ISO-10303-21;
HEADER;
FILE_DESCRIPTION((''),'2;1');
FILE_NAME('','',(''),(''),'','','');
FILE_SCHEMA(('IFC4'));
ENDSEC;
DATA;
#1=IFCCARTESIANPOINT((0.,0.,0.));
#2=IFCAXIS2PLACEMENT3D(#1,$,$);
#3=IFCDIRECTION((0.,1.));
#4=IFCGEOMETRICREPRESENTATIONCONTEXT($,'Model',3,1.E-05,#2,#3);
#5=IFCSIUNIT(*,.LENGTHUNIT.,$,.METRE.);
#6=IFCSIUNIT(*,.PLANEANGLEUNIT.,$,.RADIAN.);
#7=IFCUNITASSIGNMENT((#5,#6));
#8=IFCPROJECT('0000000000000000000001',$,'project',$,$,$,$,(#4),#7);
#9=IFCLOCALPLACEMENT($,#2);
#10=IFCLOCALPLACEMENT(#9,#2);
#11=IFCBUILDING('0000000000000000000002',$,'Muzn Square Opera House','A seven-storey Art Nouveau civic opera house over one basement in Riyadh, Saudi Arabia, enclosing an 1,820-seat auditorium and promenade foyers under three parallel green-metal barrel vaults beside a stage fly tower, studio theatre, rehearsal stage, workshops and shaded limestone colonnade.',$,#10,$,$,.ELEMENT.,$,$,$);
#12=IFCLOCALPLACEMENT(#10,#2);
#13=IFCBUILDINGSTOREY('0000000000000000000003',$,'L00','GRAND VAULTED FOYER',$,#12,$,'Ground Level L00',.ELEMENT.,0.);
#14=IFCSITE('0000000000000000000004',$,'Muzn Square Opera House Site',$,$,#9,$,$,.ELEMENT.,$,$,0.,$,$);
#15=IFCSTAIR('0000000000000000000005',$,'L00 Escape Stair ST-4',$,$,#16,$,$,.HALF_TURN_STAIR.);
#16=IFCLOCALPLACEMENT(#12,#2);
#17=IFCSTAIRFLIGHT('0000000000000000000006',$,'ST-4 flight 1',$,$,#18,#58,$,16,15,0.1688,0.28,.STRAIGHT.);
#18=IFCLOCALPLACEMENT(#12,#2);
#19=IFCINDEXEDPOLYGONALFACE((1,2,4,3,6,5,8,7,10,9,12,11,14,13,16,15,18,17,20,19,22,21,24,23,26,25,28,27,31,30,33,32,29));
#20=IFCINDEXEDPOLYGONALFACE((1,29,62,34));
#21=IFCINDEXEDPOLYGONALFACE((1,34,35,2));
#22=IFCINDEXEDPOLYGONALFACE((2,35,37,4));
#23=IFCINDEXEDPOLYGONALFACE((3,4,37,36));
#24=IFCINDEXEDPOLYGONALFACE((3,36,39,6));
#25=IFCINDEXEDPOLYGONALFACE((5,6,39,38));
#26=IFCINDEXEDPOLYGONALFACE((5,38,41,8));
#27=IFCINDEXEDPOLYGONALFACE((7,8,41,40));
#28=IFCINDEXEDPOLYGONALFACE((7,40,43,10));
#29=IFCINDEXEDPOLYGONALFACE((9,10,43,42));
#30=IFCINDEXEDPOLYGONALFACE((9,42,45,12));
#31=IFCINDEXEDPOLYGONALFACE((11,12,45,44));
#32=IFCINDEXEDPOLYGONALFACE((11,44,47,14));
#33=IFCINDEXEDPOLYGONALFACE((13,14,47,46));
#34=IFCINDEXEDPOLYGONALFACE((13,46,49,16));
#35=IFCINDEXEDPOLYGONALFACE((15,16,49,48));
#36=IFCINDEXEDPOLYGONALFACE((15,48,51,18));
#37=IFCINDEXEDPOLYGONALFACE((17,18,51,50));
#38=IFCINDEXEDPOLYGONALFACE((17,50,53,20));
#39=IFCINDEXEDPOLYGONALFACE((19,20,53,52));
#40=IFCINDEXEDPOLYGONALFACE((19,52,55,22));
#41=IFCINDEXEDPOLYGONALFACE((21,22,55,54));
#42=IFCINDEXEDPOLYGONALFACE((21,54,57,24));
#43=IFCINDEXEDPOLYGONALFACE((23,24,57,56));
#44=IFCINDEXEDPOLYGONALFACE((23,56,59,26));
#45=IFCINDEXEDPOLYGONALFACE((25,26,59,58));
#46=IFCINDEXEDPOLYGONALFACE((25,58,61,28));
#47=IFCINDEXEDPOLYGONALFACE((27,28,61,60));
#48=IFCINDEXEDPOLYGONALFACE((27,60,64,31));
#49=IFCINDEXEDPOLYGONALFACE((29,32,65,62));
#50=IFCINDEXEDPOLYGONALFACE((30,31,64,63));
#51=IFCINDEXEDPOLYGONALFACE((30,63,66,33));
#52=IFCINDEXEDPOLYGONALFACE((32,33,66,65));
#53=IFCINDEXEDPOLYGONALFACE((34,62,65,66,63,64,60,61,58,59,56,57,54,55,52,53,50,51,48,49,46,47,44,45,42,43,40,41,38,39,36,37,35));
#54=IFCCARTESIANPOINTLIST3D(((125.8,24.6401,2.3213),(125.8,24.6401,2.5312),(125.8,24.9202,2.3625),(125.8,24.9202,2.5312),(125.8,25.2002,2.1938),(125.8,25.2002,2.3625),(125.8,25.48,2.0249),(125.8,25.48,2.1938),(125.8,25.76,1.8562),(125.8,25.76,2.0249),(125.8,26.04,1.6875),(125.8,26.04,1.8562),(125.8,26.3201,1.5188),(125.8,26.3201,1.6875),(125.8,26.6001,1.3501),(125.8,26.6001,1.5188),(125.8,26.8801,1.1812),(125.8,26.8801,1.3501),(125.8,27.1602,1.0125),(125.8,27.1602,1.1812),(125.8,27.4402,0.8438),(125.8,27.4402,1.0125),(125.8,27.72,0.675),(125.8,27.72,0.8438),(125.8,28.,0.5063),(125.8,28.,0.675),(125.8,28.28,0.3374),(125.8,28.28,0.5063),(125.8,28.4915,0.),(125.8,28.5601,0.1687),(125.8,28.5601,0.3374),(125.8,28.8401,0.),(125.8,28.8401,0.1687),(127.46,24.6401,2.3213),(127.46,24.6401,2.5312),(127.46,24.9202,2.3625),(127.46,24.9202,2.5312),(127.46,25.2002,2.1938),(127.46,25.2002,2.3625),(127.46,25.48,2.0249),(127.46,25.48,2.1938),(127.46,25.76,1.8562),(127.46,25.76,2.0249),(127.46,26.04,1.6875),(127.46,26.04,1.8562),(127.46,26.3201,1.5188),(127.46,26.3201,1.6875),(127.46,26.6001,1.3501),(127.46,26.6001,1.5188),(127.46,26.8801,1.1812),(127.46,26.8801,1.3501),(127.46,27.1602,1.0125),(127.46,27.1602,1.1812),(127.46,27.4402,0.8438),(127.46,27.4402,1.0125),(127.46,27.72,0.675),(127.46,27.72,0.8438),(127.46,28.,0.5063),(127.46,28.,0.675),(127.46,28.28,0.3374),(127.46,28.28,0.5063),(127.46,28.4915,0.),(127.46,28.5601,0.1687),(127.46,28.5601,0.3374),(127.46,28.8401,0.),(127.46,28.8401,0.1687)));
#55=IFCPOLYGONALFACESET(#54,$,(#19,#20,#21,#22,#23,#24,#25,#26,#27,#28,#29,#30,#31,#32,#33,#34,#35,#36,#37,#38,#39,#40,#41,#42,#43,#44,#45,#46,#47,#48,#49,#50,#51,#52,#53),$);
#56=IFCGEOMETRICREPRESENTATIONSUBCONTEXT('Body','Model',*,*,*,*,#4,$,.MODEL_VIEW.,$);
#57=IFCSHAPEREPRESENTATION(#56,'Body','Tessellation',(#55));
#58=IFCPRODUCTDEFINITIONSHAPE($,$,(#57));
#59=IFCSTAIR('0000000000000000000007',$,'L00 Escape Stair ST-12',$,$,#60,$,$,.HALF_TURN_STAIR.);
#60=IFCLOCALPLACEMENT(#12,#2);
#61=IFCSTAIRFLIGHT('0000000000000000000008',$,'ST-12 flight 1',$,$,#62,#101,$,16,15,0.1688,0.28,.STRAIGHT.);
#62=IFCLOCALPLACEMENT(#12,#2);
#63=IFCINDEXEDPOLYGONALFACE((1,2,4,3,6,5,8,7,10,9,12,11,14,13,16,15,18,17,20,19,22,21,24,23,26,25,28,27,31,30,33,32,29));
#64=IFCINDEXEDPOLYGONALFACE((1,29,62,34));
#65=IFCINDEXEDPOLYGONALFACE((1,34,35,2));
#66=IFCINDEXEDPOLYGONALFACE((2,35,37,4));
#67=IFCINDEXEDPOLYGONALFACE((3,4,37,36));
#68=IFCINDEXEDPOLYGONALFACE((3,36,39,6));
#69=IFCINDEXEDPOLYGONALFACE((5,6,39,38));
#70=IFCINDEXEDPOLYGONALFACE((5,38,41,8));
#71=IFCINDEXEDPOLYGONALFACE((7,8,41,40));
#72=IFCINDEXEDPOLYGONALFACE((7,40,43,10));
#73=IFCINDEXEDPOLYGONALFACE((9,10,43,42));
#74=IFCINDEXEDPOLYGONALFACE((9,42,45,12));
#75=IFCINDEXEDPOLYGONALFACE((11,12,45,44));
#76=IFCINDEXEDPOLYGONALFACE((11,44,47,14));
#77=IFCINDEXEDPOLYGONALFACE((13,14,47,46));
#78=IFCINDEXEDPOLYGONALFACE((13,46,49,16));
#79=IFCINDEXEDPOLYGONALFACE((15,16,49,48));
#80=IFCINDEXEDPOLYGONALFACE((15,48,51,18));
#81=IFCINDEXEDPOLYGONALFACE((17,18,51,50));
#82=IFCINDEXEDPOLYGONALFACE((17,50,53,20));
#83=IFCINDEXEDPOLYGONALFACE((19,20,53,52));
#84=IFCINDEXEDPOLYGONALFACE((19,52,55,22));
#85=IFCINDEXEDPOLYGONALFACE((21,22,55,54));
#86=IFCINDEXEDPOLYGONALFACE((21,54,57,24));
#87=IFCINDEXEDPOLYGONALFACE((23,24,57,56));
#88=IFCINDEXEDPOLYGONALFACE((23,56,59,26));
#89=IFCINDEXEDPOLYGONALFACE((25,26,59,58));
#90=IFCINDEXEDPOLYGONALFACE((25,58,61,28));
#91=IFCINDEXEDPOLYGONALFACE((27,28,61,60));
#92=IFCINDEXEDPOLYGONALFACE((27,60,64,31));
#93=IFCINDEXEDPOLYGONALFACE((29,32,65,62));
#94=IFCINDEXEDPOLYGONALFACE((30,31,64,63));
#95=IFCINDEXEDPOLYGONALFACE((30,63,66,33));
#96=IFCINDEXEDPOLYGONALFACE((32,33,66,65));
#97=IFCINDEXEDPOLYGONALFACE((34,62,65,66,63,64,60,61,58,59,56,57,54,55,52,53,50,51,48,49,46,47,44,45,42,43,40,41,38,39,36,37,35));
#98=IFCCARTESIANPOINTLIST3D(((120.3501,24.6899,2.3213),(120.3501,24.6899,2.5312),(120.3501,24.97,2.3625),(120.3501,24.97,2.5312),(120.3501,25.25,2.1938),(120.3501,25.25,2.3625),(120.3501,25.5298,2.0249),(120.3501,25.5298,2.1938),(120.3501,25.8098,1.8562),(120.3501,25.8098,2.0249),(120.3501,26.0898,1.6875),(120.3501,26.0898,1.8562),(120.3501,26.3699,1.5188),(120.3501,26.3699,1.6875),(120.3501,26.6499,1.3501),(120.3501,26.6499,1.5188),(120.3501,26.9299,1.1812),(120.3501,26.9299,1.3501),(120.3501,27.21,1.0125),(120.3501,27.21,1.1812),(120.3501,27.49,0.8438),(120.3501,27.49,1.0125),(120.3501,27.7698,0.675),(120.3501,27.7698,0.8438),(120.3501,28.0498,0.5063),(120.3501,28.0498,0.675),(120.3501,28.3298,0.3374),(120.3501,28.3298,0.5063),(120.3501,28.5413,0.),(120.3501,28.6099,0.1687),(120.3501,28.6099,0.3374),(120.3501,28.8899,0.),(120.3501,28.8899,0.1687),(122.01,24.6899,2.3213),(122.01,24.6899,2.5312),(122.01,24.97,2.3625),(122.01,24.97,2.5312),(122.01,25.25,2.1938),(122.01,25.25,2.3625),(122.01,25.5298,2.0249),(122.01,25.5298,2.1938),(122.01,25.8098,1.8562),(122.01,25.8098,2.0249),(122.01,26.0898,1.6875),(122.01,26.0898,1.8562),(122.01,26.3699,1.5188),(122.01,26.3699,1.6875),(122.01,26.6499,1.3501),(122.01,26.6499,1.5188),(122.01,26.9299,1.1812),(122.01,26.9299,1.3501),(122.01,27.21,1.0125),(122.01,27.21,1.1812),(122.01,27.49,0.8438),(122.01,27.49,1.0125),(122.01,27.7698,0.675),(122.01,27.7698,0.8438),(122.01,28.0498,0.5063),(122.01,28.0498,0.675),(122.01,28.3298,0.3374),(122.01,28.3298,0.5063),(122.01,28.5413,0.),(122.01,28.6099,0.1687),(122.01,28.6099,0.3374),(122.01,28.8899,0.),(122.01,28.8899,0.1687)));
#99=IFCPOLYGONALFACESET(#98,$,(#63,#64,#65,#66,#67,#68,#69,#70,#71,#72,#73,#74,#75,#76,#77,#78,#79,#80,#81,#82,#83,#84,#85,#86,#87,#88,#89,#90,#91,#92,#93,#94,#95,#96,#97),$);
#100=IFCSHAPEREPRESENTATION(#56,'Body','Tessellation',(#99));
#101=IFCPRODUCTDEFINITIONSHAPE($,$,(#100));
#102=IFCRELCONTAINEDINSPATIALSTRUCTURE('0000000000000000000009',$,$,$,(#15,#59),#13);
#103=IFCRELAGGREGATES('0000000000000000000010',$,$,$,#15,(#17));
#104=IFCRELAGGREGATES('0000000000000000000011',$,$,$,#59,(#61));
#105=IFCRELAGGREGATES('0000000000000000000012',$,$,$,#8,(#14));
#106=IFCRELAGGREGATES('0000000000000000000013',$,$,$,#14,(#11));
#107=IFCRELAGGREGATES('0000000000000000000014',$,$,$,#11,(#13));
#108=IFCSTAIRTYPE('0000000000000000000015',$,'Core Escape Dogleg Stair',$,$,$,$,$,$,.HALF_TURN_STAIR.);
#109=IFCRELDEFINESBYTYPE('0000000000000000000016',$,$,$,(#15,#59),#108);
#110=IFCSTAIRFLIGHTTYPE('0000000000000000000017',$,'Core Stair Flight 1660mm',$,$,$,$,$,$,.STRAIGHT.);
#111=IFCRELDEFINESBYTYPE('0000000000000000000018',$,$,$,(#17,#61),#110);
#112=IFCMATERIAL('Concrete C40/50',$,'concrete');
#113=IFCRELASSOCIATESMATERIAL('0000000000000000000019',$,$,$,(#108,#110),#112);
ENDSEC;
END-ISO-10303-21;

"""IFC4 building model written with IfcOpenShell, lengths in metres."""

from ifc_helpers import new_model, si_unit, direction, frame, origin, place, context, subcontext, project, spatial, polyline, outline, extrude, material, type_object, element, aggregate, save


model = new_model("IFC4")

# Units and contexts
model_context = context("Model", 3, precision=1e-05, world=origin(), true_north=direction((0.0, 1.0)))
body_context = subcontext(model_context, "Body", "Model", "MODEL_VIEW")
ifc_project = project(units=[si_unit("LENGTHUNIT", "METRE"), si_unit("PLANEANGLEUNIT", "RADIAN")], contexts=[model_context])

# Site, building, storey
site_placement = place(None, origin())
site = spatial("IfcSite", under=ifc_project, at=site_placement, Name="Muzn Square Opera House Site", CompositionType="ELEMENT", RefElevation=0.0)
building_placement = place(site_placement, origin())
building = spatial("IfcBuilding", under=site, at=building_placement, Name="Muzn Square Opera House", Description="A seven-storey Art Nouveau civic opera house over one basement in Riyadh, Saudi Arabia, enclosing an 1,820-seat auditorium and promenade foyers under three parallel green-metal barrel vaults beside a stage fly tower, studio theatre, rehearsal stage, workshops and shaded limestone colonnade.", CompositionType="ELEMENT")
storey_placement = place(building_placement, origin())
storey = spatial("IfcBuildingStorey", under=building, at=storey_placement, Name="L00", Description="GRAND VAULTED FOYER", LongName="Ground Level L00", CompositionType="ELEMENT", Elevation=0.0)

# Shared definitions
ifc_material_1 = material(Name="Concrete C40/50", Category="concrete")

# Stairs, stair flights
stair_type = type_object("IfcStairType", Name="Core Escape Dogleg Stair", PredefinedType="HALF_TURN_STAIR", material=ifc_material_1)
stair_1_placement = place(storey_placement, origin())
stair_1 = element("IfcStair", 1, at=stair_1_placement, inside=storey, type_object=stair_type, Name="L00 Escape Stair ST-4", PredefinedType="HALF_TURN_STAIR")
stair_flight_type = type_object("IfcStairFlightType", Name="Core Stair Flight 1660mm", PredefinedType="STRAIGHT", material=ifc_material_1)
stair_flight_1_placement = place(storey_placement, frame((126.6299, 28.8401, 0.0), z_axis=(0.0, 0.0, 1.0), x_axis=(0.0, -1.0, 0.0)))
stair_flight_1 = element("IfcStairFlight", 2, at=stair_flight_1_placement, type_object=stair_flight_type, Name="ST-4 flight 1", NumberOfRisers=16, NumberOfTreads=15, PredefinedType="STRAIGHT", RiserHeight=0.1688, TreadLength=0.28, context=body_context, shape_type="SweptSolid", body=[
    extrude(outline(polyline([(0.0, 0.0), (0.0, 0.1687), (0.28, 0.1687), (0.28, 0.3374), (0.5601, 0.3374), (0.5601, 0.5063), (0.8401, 0.5063), (0.8401, 0.675), (1.1201, 0.675), (1.1201, 0.8438), (1.3999, 0.8438), (1.3999, 1.0125), (1.6799, 1.0125), (1.6799, 1.1812), (1.96, 1.1812), (1.96, 1.3501), (2.24, 1.3501), (2.24, 1.5188), (2.52, 1.5188), (2.52, 1.6875), (2.8, 1.6875), (2.8, 1.8562), (3.0801, 1.8562), (3.0801, 2.0249), (3.3601, 2.0249), (3.3601, 2.1938), (3.6399, 2.1938), (3.6399, 2.3625), (3.9199, 2.3625), (3.9199, 2.5312), (4.2, 2.5312), (4.2, 2.7), (4.2, 2.3213), (0.3486, 0.0), (0.0, 0.0)])), frame((0.0, 0.8301, 0.0), z_axis=(0.0, -1.0, 0.0), x_axis=(1.0, 0.0, 0.0)), (0.0, 0.0, 1.0), 1.6599),
])
aggregate(stair_1, [stair_flight_1])
stair_2_placement = place(storey_placement, origin())
stair_2 = element("IfcStair", 3, at=stair_2_placement, inside=storey, type_object=stair_type, Name="L00 Escape Stair ST-12", PredefinedType="HALF_TURN_STAIR")
stair_flight_2_placement = place(storey_placement, frame((121.1799, 28.8899, 0.0), z_axis=(0.0, 0.0, 1.0), x_axis=(0.0, -1.0, 0.0)))
stair_flight_2 = element("IfcStairFlight", 4, at=stair_flight_2_placement, type_object=stair_flight_type, Name="ST-12 flight 1", NumberOfRisers=16, NumberOfTreads=15, PredefinedType="STRAIGHT", RiserHeight=0.1688, TreadLength=0.28, context=body_context, shape_type="SweptSolid", body=[
    extrude(outline(polyline([(0.0, 0.0), (0.0, 0.1687), (0.28, 0.1687), (0.28, 0.3374), (0.5601, 0.3374), (0.5601, 0.5063), (0.8401, 0.5063), (0.8401, 0.675), (1.1201, 0.675), (1.1201, 0.8438), (1.3999, 0.8438), (1.3999, 1.0125), (1.6799, 1.0125), (1.6799, 1.1812), (1.96, 1.1812), (1.96, 1.3501), (2.24, 1.3501), (2.24, 1.5188), (2.52, 1.5188), (2.52, 1.6875), (2.8, 1.6875), (2.8, 1.8562), (3.0801, 1.8562), (3.0801, 2.0249), (3.3601, 2.0249), (3.3601, 2.1938), (3.6399, 2.1938), (3.6399, 2.3625), (3.9199, 2.3625), (3.9199, 2.5312), (4.2, 2.5312), (4.2, 2.7), (4.2, 2.3213), (0.3486, 0.0), (0.0, 0.0)])), frame((0.0, 0.8301, 0.0), z_axis=(0.0, -1.0, 0.0), x_axis=(1.0, 0.0, 0.0)), (0.0, 0.0, 1.0), 1.6599),
])
aggregate(stair_2, [stair_flight_2])

save(model, "model.ifc")
